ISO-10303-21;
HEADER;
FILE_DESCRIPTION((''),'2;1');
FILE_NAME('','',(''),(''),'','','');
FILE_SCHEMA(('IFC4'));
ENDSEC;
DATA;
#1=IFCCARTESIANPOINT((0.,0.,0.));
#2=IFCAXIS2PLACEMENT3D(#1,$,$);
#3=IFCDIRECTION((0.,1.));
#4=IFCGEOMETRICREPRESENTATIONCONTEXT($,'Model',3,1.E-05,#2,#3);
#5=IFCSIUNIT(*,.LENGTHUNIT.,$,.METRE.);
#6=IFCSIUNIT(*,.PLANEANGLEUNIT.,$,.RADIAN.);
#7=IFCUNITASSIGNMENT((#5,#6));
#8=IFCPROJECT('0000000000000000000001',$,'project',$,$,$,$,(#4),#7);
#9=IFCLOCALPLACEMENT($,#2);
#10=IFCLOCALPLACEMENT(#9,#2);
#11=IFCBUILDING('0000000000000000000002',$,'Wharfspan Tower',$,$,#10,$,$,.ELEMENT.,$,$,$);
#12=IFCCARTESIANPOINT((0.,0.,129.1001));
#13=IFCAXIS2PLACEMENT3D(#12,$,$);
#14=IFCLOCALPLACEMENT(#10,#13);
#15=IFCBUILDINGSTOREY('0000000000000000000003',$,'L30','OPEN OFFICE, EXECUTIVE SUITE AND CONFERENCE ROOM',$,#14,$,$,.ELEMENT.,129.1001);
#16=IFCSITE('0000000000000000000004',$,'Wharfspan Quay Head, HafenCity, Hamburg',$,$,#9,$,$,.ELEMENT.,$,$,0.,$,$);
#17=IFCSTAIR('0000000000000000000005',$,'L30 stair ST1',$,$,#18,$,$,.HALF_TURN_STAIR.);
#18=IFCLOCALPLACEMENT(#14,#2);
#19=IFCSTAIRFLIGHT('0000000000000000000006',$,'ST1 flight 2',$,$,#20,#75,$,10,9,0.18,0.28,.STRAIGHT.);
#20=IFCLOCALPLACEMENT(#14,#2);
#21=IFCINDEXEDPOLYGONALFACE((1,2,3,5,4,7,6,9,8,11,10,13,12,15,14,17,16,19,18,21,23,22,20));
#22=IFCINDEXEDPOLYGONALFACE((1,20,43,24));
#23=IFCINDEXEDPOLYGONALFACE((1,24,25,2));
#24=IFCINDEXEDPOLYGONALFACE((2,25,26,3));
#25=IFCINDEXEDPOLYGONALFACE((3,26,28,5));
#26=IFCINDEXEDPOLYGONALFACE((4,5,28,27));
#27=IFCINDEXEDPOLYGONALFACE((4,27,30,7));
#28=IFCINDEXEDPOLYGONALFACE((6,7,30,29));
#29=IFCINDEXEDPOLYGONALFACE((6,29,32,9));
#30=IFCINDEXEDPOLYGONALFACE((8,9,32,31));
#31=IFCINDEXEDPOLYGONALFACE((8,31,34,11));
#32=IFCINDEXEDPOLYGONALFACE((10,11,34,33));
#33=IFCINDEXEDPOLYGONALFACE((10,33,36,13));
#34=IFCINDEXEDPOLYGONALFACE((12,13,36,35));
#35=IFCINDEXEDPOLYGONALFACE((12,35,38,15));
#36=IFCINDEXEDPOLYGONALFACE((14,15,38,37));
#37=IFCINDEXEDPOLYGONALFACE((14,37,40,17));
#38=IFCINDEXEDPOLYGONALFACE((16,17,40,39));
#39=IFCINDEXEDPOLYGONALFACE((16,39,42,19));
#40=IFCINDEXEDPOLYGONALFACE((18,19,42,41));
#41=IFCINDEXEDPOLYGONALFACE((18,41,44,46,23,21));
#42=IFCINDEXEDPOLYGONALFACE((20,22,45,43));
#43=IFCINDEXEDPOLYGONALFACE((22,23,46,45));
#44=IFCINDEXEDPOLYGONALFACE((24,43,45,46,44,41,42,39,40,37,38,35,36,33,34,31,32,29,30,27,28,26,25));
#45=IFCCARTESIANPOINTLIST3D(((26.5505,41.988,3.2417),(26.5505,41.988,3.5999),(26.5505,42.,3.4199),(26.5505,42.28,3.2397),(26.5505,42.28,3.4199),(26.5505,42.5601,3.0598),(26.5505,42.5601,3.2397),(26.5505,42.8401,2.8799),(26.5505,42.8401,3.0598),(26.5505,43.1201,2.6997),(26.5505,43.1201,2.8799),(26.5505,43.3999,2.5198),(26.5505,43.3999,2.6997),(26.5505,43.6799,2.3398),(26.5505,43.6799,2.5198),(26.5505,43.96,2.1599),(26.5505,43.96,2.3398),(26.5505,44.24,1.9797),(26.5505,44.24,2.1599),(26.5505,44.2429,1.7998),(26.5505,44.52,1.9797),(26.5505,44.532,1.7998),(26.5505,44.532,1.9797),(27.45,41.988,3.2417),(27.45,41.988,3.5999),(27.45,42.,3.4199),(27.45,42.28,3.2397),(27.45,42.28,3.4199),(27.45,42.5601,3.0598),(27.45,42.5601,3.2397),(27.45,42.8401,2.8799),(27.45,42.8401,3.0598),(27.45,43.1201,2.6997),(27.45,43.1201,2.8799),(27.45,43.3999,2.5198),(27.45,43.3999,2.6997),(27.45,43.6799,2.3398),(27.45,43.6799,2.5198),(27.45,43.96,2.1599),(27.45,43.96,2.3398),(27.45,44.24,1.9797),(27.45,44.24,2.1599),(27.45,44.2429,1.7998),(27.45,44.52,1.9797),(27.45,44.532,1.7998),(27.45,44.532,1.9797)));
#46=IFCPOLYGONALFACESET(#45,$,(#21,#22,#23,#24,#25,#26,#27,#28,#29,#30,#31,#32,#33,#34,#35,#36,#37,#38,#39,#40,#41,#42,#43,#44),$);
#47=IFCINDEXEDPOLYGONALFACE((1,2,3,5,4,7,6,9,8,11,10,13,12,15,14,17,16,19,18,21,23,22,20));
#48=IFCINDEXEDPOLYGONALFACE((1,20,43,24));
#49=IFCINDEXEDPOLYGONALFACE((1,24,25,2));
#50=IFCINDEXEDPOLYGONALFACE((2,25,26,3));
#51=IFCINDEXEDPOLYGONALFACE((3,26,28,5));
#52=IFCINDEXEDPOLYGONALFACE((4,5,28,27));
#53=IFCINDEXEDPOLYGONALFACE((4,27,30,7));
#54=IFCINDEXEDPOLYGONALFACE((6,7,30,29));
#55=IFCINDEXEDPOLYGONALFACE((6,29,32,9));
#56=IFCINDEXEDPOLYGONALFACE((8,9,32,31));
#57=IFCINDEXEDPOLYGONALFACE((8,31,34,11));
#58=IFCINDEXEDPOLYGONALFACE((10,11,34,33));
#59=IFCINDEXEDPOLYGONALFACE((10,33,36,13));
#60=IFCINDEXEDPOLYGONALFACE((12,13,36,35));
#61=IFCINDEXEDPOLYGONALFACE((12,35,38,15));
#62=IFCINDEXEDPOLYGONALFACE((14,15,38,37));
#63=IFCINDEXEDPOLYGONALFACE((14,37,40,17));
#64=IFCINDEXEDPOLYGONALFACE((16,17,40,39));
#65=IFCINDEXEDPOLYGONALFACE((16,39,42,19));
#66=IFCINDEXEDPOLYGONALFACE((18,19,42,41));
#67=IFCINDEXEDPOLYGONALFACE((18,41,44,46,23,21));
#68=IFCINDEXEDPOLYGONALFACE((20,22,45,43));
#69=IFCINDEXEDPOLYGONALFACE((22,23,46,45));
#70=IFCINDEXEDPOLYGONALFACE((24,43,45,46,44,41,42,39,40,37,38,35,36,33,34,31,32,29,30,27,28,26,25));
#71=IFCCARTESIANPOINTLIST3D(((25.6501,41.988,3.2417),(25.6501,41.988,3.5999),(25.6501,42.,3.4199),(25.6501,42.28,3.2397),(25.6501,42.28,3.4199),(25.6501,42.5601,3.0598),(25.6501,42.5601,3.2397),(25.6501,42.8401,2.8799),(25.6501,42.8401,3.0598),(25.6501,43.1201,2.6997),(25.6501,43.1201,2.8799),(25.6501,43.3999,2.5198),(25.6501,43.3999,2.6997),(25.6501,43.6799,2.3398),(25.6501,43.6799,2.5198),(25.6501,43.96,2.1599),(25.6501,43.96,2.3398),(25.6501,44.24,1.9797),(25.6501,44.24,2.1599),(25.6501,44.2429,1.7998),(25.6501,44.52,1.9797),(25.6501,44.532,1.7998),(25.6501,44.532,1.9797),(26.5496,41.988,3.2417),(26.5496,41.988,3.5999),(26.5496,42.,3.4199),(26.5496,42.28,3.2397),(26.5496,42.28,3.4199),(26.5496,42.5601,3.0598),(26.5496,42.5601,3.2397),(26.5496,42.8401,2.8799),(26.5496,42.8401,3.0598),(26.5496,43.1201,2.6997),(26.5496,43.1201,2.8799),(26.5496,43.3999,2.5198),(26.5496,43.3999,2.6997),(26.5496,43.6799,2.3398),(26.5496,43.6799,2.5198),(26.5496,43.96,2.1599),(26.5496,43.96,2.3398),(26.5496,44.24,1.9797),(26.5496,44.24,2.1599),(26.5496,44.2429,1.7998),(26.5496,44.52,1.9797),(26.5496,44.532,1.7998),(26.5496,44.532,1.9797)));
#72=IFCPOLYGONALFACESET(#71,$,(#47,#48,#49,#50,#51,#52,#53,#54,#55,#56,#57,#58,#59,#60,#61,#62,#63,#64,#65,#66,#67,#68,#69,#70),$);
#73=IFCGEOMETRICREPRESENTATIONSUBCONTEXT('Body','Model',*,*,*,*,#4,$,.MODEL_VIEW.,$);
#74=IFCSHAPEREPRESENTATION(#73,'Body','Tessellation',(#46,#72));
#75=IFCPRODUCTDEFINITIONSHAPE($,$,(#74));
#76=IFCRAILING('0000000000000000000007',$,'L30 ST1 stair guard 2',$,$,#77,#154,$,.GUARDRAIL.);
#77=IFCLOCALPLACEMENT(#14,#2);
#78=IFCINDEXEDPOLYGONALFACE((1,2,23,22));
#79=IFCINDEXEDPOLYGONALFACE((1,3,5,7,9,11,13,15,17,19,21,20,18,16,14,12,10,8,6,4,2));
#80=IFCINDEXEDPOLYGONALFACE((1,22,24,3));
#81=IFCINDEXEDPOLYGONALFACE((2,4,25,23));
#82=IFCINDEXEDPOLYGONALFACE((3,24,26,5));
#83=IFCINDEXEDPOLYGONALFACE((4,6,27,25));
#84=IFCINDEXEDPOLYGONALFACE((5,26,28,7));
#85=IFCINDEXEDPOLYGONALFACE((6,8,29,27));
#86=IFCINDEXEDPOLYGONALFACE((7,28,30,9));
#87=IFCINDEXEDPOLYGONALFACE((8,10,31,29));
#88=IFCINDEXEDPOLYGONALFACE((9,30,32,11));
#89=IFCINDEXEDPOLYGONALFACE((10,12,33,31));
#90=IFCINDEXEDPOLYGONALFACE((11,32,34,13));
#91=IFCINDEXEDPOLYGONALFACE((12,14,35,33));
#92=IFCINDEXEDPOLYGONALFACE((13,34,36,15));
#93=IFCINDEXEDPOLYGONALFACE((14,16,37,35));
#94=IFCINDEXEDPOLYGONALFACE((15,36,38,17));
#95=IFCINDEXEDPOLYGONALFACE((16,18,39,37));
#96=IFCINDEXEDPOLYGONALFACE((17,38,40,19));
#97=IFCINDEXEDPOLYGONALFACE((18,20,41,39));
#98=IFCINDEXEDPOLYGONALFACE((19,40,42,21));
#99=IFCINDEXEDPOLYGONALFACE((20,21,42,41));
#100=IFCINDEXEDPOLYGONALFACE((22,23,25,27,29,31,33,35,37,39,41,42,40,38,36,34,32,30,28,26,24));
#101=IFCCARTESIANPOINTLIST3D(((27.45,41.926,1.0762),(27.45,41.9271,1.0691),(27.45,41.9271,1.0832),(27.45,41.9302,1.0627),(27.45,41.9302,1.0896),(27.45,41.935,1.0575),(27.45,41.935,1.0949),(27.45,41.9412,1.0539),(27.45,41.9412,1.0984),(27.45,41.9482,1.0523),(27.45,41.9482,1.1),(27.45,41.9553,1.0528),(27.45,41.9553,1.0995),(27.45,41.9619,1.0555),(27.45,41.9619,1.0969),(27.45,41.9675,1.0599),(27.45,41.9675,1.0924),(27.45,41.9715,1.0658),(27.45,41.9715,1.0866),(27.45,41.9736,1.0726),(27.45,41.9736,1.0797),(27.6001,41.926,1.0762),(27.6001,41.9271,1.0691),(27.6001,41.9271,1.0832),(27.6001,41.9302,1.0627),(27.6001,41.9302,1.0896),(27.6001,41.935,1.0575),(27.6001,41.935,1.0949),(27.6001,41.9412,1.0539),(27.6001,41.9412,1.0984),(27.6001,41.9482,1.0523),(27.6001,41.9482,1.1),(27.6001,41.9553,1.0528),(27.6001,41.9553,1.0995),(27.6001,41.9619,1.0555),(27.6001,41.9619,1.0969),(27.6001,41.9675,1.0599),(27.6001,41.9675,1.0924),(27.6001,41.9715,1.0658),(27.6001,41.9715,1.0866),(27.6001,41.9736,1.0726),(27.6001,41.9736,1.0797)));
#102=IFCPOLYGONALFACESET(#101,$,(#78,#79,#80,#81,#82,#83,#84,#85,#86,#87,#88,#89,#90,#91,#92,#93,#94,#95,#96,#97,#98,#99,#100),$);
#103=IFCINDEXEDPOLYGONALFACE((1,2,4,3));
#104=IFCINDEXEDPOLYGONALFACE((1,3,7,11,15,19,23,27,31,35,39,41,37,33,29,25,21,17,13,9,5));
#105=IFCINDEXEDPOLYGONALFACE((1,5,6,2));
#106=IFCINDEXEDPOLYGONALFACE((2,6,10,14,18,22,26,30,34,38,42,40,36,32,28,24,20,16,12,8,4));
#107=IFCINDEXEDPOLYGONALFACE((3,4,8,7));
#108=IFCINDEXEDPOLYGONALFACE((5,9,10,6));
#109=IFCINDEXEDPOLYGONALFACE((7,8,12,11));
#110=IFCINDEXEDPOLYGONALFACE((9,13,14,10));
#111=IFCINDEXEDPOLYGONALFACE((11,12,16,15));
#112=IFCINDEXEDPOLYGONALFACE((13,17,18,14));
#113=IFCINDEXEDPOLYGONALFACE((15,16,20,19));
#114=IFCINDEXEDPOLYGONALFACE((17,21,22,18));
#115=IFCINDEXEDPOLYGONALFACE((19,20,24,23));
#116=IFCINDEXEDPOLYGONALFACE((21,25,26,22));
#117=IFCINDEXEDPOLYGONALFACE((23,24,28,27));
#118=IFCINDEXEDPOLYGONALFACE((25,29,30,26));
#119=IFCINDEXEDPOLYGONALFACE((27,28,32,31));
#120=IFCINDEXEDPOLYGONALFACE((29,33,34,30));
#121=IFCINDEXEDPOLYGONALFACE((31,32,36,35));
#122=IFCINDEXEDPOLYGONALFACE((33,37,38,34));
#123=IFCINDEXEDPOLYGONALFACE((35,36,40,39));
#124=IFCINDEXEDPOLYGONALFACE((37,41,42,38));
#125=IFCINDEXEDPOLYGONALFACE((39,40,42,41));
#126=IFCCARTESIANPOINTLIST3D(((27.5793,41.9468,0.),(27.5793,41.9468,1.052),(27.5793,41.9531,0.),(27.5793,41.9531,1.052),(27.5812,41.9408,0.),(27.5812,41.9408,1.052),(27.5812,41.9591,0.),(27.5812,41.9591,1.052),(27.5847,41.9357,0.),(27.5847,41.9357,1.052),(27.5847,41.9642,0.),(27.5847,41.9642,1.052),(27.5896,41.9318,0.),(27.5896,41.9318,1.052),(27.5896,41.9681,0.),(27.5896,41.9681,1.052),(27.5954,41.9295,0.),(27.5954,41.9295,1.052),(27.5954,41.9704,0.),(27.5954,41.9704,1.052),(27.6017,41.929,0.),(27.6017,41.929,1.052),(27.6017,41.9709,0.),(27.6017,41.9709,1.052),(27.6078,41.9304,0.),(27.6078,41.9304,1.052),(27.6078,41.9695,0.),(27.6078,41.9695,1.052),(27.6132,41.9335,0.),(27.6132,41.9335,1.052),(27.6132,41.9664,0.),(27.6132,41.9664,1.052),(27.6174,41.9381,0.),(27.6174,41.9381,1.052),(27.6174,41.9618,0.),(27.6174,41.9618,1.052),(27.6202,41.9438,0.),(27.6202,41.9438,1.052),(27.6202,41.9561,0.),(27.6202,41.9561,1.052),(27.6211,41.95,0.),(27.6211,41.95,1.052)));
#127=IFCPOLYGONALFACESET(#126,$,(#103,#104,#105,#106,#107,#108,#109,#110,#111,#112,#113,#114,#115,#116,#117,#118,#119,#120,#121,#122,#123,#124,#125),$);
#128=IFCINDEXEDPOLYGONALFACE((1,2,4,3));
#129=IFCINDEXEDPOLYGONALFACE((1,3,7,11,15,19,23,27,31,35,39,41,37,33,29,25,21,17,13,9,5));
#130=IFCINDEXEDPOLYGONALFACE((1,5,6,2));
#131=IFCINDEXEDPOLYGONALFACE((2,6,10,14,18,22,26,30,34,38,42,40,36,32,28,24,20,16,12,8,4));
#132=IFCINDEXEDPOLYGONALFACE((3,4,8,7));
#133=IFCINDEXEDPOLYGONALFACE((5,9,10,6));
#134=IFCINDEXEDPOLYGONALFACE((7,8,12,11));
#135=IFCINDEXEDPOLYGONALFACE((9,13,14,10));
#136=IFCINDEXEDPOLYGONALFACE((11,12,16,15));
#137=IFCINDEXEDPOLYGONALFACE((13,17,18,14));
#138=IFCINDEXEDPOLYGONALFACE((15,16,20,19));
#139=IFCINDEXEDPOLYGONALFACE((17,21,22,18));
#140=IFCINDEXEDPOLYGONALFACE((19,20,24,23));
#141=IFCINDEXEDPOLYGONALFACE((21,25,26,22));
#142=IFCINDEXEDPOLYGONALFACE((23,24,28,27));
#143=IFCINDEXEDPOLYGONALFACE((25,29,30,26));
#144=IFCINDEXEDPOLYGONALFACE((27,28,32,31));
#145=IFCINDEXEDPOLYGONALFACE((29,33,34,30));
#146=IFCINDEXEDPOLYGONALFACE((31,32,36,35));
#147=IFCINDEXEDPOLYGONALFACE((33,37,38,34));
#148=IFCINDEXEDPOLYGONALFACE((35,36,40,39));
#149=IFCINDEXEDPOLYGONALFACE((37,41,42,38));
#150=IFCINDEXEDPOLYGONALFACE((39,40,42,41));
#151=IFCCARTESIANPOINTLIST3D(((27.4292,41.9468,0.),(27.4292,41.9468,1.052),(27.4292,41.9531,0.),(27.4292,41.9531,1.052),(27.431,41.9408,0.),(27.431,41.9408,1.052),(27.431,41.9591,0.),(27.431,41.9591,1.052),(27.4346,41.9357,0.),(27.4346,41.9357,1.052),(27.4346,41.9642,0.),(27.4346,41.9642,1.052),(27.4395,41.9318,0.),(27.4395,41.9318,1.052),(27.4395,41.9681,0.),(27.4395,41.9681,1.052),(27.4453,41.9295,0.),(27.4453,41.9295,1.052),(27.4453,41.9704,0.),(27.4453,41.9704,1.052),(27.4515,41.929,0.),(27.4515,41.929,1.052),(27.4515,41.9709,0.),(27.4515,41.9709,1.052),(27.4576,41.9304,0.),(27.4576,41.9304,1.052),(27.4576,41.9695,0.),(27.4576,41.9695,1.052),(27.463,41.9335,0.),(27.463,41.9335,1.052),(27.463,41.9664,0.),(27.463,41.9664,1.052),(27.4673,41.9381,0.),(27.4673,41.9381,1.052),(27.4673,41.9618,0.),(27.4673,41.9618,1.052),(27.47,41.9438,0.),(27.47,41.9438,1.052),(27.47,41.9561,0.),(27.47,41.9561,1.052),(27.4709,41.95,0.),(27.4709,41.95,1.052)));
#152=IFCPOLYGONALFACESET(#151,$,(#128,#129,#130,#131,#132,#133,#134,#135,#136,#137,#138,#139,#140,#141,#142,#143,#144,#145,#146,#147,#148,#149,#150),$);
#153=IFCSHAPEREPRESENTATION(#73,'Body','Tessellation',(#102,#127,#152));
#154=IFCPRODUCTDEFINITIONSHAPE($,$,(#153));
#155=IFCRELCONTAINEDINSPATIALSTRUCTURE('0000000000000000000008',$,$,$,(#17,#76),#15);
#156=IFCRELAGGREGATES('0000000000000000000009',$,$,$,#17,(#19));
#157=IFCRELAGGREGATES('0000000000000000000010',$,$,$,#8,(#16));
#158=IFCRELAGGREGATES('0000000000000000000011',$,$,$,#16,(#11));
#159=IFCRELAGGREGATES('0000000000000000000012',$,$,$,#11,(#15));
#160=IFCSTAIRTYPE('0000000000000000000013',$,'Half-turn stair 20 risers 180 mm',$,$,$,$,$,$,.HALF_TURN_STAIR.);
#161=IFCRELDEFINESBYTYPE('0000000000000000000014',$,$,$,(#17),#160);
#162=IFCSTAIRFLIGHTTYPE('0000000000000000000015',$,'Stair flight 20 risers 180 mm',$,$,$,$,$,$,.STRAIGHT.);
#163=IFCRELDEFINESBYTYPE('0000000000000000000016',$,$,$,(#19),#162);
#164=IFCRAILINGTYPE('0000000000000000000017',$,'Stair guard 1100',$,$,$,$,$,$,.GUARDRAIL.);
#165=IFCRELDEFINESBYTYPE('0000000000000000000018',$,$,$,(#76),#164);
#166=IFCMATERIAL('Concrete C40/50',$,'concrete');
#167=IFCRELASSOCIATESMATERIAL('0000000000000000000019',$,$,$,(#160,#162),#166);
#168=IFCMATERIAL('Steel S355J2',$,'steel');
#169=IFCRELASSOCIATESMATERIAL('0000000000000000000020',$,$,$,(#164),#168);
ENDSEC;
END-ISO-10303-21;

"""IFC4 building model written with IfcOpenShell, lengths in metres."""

from ifc_helpers import new_model, si_unit, direction, frame, origin, origin_2d, place, context, subcontext, project, spatial, polyline, circle, outline, extrude, material, type_object, element, aggregate, save


model = new_model("IFC4")

# Units and contexts
model_context = context("Model", 3, precision=1e-05, world=origin(), true_north=direction((0.0, 1.0)))
body_context = subcontext(model_context, "Body", "Model", "MODEL_VIEW")
ifc_project = project(units=[si_unit("LENGTHUNIT", "METRE"), si_unit("PLANEANGLEUNIT", "RADIAN")], contexts=[model_context])

# Site, building, storey
site_placement = place(None, origin())
site = spatial("IfcSite", under=ifc_project, at=site_placement, Name="Wharfspan Quay Head, HafenCity, Hamburg", CompositionType="ELEMENT", RefElevation=0.0)
building_placement = place(site_placement, origin())
building = spatial("IfcBuilding", under=site, at=building_placement, Name="Wharfspan Tower", CompositionType="ELEMENT")
storey_placement = place(building_placement, frame((0.0, 0.0, 129.1001)))
storey = spatial("IfcBuildingStorey", under=building, at=storey_placement, Name="L30", Description="OPEN OFFICE, EXECUTIVE SUITE AND CONFERENCE ROOM", CompositionType="ELEMENT", Elevation=129.1001)

# Shared definitions
ifc_material_1 = material(Name="Steel S355J2", Category="steel")

# Shared definitions
ifc_material_2 = material(Name="Concrete C40/50", Category="concrete")

# Stair, stair flight
stair_type = type_object("IfcStairType", Name="Half-turn stair 20 risers 180 mm", PredefinedType="HALF_TURN_STAIR", material=ifc_material_2)
stair_placement = place(storey_placement, origin())
stair = element("IfcStair", 1, at=stair_placement, inside=storey, type_object=stair_type, Name="L30 stair ST1", PredefinedType="HALF_TURN_STAIR")
stair_flight_type = type_object("IfcStairFlightType", Name="Stair flight 20 risers 180 mm", PredefinedType="STRAIGHT", material=ifc_material_2)
stair_flight_1_placement = place(storey_placement, frame((26.55, 44.52, 1.7998), z_axis=(0.0, 0.0, 1.0), x_axis=(0.0, -1.0, 0.0)))
stair_flight_1 = element("IfcStairFlight", 2, at=stair_flight_1_placement, type_object=stair_flight_type, Name="ST1 flight 2", NumberOfRisers=10, NumberOfTreads=9, PredefinedType="STRAIGHT", RiserHeight=0.18, TreadLength=0.28, context=body_context, shape_type="SweptSolid", body=[
    extrude(outline(polyline([(-0.012, 0.0), (-0.012, 0.1799), (0.0, 0.1799), (0.28, 0.1799), (0.28, 0.3601), (0.5601, 0.3601), (0.5601, 0.54), (0.8401, 0.54), (0.8401, 0.72), (1.1201, 0.72), (1.1201, 0.8999), (1.3999, 0.8999), (1.3999, 1.0801), (1.6799, 1.0801), (1.6799, 1.26), (1.96, 1.26), (1.96, 1.4399), (2.24, 1.4399), (2.24, 1.6201), (2.52, 1.6201), (2.532, 1.8), (2.532, 1.4419), (0.2771, 0.0), (-0.012, 0.0)])), frame((0.0, 0.8999, 0.0), z_axis=(0.0, -1.0, 0.0), x_axis=(1.0, 0.0, 0.0)), (0.0, 0.0, 1.0), 0.8994),
    extrude(outline(polyline([(-0.012, 0.0), (-0.012, 0.1799), (0.0, 0.1799), (0.28, 0.1799), (0.28, 0.3601), (0.5601, 0.3601), (0.5601, 0.54), (0.8401, 0.54), (0.8401, 0.72), (1.1201, 0.72), (1.1201, 0.8999), (1.3999, 0.8999), (1.3999, 1.0801), (1.6799, 1.0801), (1.6799, 1.26), (1.96, 1.26), (1.96, 1.4399), (2.24, 1.4399), (2.24, 1.6201), (2.52, 1.6201), (2.532, 1.8), (2.532, 1.4419), (0.2771, 0.0), (-0.012, 0.0)])), frame((0.0, -0.0005, 0.0), z_axis=(0.0, -1.0, 0.0), x_axis=(1.0, 0.0, 0.0)), (0.0, 0.0, 1.0), 0.8994),
])
aggregate(stair, [stair_flight_1])

# Railing
railing_type_1 = type_object("IfcRailingType", Name="Stair guard 1100", PredefinedType="GUARDRAIL", material=ifc_material_1)
railing_1_placement = place(storey_placement, frame((27.6001, 41.95, 0.0)))
element("IfcRailing", 3, at=railing_1_placement, inside=storey, type_object=railing_type_1, Name="L30 ST1 stair guard 2", PredefinedType="GUARDRAIL", context=body_context, shape_type="SweptSolid", body=[
    extrude(circle(Radius=0.0239, at=origin_2d()), frame((0.0, 0.0, 1.0762), z_axis=(-1.0, 0.0, 0.0), x_axis=(0.0, -1.0, 0.0)), (0.0, 0.0, 1.0), 0.1501),
    extrude(circle(Radius=0.021, at=origin_2d()), origin(), (0.0, 0.0, 1.0), 1.052),
    extrude(circle(Radius=0.021, at=origin_2d()), frame((-0.1501, 0.0, 0.0)), (0.0, 0.0, 1.0), 1.052),
])

save(model, "model.ifc")
